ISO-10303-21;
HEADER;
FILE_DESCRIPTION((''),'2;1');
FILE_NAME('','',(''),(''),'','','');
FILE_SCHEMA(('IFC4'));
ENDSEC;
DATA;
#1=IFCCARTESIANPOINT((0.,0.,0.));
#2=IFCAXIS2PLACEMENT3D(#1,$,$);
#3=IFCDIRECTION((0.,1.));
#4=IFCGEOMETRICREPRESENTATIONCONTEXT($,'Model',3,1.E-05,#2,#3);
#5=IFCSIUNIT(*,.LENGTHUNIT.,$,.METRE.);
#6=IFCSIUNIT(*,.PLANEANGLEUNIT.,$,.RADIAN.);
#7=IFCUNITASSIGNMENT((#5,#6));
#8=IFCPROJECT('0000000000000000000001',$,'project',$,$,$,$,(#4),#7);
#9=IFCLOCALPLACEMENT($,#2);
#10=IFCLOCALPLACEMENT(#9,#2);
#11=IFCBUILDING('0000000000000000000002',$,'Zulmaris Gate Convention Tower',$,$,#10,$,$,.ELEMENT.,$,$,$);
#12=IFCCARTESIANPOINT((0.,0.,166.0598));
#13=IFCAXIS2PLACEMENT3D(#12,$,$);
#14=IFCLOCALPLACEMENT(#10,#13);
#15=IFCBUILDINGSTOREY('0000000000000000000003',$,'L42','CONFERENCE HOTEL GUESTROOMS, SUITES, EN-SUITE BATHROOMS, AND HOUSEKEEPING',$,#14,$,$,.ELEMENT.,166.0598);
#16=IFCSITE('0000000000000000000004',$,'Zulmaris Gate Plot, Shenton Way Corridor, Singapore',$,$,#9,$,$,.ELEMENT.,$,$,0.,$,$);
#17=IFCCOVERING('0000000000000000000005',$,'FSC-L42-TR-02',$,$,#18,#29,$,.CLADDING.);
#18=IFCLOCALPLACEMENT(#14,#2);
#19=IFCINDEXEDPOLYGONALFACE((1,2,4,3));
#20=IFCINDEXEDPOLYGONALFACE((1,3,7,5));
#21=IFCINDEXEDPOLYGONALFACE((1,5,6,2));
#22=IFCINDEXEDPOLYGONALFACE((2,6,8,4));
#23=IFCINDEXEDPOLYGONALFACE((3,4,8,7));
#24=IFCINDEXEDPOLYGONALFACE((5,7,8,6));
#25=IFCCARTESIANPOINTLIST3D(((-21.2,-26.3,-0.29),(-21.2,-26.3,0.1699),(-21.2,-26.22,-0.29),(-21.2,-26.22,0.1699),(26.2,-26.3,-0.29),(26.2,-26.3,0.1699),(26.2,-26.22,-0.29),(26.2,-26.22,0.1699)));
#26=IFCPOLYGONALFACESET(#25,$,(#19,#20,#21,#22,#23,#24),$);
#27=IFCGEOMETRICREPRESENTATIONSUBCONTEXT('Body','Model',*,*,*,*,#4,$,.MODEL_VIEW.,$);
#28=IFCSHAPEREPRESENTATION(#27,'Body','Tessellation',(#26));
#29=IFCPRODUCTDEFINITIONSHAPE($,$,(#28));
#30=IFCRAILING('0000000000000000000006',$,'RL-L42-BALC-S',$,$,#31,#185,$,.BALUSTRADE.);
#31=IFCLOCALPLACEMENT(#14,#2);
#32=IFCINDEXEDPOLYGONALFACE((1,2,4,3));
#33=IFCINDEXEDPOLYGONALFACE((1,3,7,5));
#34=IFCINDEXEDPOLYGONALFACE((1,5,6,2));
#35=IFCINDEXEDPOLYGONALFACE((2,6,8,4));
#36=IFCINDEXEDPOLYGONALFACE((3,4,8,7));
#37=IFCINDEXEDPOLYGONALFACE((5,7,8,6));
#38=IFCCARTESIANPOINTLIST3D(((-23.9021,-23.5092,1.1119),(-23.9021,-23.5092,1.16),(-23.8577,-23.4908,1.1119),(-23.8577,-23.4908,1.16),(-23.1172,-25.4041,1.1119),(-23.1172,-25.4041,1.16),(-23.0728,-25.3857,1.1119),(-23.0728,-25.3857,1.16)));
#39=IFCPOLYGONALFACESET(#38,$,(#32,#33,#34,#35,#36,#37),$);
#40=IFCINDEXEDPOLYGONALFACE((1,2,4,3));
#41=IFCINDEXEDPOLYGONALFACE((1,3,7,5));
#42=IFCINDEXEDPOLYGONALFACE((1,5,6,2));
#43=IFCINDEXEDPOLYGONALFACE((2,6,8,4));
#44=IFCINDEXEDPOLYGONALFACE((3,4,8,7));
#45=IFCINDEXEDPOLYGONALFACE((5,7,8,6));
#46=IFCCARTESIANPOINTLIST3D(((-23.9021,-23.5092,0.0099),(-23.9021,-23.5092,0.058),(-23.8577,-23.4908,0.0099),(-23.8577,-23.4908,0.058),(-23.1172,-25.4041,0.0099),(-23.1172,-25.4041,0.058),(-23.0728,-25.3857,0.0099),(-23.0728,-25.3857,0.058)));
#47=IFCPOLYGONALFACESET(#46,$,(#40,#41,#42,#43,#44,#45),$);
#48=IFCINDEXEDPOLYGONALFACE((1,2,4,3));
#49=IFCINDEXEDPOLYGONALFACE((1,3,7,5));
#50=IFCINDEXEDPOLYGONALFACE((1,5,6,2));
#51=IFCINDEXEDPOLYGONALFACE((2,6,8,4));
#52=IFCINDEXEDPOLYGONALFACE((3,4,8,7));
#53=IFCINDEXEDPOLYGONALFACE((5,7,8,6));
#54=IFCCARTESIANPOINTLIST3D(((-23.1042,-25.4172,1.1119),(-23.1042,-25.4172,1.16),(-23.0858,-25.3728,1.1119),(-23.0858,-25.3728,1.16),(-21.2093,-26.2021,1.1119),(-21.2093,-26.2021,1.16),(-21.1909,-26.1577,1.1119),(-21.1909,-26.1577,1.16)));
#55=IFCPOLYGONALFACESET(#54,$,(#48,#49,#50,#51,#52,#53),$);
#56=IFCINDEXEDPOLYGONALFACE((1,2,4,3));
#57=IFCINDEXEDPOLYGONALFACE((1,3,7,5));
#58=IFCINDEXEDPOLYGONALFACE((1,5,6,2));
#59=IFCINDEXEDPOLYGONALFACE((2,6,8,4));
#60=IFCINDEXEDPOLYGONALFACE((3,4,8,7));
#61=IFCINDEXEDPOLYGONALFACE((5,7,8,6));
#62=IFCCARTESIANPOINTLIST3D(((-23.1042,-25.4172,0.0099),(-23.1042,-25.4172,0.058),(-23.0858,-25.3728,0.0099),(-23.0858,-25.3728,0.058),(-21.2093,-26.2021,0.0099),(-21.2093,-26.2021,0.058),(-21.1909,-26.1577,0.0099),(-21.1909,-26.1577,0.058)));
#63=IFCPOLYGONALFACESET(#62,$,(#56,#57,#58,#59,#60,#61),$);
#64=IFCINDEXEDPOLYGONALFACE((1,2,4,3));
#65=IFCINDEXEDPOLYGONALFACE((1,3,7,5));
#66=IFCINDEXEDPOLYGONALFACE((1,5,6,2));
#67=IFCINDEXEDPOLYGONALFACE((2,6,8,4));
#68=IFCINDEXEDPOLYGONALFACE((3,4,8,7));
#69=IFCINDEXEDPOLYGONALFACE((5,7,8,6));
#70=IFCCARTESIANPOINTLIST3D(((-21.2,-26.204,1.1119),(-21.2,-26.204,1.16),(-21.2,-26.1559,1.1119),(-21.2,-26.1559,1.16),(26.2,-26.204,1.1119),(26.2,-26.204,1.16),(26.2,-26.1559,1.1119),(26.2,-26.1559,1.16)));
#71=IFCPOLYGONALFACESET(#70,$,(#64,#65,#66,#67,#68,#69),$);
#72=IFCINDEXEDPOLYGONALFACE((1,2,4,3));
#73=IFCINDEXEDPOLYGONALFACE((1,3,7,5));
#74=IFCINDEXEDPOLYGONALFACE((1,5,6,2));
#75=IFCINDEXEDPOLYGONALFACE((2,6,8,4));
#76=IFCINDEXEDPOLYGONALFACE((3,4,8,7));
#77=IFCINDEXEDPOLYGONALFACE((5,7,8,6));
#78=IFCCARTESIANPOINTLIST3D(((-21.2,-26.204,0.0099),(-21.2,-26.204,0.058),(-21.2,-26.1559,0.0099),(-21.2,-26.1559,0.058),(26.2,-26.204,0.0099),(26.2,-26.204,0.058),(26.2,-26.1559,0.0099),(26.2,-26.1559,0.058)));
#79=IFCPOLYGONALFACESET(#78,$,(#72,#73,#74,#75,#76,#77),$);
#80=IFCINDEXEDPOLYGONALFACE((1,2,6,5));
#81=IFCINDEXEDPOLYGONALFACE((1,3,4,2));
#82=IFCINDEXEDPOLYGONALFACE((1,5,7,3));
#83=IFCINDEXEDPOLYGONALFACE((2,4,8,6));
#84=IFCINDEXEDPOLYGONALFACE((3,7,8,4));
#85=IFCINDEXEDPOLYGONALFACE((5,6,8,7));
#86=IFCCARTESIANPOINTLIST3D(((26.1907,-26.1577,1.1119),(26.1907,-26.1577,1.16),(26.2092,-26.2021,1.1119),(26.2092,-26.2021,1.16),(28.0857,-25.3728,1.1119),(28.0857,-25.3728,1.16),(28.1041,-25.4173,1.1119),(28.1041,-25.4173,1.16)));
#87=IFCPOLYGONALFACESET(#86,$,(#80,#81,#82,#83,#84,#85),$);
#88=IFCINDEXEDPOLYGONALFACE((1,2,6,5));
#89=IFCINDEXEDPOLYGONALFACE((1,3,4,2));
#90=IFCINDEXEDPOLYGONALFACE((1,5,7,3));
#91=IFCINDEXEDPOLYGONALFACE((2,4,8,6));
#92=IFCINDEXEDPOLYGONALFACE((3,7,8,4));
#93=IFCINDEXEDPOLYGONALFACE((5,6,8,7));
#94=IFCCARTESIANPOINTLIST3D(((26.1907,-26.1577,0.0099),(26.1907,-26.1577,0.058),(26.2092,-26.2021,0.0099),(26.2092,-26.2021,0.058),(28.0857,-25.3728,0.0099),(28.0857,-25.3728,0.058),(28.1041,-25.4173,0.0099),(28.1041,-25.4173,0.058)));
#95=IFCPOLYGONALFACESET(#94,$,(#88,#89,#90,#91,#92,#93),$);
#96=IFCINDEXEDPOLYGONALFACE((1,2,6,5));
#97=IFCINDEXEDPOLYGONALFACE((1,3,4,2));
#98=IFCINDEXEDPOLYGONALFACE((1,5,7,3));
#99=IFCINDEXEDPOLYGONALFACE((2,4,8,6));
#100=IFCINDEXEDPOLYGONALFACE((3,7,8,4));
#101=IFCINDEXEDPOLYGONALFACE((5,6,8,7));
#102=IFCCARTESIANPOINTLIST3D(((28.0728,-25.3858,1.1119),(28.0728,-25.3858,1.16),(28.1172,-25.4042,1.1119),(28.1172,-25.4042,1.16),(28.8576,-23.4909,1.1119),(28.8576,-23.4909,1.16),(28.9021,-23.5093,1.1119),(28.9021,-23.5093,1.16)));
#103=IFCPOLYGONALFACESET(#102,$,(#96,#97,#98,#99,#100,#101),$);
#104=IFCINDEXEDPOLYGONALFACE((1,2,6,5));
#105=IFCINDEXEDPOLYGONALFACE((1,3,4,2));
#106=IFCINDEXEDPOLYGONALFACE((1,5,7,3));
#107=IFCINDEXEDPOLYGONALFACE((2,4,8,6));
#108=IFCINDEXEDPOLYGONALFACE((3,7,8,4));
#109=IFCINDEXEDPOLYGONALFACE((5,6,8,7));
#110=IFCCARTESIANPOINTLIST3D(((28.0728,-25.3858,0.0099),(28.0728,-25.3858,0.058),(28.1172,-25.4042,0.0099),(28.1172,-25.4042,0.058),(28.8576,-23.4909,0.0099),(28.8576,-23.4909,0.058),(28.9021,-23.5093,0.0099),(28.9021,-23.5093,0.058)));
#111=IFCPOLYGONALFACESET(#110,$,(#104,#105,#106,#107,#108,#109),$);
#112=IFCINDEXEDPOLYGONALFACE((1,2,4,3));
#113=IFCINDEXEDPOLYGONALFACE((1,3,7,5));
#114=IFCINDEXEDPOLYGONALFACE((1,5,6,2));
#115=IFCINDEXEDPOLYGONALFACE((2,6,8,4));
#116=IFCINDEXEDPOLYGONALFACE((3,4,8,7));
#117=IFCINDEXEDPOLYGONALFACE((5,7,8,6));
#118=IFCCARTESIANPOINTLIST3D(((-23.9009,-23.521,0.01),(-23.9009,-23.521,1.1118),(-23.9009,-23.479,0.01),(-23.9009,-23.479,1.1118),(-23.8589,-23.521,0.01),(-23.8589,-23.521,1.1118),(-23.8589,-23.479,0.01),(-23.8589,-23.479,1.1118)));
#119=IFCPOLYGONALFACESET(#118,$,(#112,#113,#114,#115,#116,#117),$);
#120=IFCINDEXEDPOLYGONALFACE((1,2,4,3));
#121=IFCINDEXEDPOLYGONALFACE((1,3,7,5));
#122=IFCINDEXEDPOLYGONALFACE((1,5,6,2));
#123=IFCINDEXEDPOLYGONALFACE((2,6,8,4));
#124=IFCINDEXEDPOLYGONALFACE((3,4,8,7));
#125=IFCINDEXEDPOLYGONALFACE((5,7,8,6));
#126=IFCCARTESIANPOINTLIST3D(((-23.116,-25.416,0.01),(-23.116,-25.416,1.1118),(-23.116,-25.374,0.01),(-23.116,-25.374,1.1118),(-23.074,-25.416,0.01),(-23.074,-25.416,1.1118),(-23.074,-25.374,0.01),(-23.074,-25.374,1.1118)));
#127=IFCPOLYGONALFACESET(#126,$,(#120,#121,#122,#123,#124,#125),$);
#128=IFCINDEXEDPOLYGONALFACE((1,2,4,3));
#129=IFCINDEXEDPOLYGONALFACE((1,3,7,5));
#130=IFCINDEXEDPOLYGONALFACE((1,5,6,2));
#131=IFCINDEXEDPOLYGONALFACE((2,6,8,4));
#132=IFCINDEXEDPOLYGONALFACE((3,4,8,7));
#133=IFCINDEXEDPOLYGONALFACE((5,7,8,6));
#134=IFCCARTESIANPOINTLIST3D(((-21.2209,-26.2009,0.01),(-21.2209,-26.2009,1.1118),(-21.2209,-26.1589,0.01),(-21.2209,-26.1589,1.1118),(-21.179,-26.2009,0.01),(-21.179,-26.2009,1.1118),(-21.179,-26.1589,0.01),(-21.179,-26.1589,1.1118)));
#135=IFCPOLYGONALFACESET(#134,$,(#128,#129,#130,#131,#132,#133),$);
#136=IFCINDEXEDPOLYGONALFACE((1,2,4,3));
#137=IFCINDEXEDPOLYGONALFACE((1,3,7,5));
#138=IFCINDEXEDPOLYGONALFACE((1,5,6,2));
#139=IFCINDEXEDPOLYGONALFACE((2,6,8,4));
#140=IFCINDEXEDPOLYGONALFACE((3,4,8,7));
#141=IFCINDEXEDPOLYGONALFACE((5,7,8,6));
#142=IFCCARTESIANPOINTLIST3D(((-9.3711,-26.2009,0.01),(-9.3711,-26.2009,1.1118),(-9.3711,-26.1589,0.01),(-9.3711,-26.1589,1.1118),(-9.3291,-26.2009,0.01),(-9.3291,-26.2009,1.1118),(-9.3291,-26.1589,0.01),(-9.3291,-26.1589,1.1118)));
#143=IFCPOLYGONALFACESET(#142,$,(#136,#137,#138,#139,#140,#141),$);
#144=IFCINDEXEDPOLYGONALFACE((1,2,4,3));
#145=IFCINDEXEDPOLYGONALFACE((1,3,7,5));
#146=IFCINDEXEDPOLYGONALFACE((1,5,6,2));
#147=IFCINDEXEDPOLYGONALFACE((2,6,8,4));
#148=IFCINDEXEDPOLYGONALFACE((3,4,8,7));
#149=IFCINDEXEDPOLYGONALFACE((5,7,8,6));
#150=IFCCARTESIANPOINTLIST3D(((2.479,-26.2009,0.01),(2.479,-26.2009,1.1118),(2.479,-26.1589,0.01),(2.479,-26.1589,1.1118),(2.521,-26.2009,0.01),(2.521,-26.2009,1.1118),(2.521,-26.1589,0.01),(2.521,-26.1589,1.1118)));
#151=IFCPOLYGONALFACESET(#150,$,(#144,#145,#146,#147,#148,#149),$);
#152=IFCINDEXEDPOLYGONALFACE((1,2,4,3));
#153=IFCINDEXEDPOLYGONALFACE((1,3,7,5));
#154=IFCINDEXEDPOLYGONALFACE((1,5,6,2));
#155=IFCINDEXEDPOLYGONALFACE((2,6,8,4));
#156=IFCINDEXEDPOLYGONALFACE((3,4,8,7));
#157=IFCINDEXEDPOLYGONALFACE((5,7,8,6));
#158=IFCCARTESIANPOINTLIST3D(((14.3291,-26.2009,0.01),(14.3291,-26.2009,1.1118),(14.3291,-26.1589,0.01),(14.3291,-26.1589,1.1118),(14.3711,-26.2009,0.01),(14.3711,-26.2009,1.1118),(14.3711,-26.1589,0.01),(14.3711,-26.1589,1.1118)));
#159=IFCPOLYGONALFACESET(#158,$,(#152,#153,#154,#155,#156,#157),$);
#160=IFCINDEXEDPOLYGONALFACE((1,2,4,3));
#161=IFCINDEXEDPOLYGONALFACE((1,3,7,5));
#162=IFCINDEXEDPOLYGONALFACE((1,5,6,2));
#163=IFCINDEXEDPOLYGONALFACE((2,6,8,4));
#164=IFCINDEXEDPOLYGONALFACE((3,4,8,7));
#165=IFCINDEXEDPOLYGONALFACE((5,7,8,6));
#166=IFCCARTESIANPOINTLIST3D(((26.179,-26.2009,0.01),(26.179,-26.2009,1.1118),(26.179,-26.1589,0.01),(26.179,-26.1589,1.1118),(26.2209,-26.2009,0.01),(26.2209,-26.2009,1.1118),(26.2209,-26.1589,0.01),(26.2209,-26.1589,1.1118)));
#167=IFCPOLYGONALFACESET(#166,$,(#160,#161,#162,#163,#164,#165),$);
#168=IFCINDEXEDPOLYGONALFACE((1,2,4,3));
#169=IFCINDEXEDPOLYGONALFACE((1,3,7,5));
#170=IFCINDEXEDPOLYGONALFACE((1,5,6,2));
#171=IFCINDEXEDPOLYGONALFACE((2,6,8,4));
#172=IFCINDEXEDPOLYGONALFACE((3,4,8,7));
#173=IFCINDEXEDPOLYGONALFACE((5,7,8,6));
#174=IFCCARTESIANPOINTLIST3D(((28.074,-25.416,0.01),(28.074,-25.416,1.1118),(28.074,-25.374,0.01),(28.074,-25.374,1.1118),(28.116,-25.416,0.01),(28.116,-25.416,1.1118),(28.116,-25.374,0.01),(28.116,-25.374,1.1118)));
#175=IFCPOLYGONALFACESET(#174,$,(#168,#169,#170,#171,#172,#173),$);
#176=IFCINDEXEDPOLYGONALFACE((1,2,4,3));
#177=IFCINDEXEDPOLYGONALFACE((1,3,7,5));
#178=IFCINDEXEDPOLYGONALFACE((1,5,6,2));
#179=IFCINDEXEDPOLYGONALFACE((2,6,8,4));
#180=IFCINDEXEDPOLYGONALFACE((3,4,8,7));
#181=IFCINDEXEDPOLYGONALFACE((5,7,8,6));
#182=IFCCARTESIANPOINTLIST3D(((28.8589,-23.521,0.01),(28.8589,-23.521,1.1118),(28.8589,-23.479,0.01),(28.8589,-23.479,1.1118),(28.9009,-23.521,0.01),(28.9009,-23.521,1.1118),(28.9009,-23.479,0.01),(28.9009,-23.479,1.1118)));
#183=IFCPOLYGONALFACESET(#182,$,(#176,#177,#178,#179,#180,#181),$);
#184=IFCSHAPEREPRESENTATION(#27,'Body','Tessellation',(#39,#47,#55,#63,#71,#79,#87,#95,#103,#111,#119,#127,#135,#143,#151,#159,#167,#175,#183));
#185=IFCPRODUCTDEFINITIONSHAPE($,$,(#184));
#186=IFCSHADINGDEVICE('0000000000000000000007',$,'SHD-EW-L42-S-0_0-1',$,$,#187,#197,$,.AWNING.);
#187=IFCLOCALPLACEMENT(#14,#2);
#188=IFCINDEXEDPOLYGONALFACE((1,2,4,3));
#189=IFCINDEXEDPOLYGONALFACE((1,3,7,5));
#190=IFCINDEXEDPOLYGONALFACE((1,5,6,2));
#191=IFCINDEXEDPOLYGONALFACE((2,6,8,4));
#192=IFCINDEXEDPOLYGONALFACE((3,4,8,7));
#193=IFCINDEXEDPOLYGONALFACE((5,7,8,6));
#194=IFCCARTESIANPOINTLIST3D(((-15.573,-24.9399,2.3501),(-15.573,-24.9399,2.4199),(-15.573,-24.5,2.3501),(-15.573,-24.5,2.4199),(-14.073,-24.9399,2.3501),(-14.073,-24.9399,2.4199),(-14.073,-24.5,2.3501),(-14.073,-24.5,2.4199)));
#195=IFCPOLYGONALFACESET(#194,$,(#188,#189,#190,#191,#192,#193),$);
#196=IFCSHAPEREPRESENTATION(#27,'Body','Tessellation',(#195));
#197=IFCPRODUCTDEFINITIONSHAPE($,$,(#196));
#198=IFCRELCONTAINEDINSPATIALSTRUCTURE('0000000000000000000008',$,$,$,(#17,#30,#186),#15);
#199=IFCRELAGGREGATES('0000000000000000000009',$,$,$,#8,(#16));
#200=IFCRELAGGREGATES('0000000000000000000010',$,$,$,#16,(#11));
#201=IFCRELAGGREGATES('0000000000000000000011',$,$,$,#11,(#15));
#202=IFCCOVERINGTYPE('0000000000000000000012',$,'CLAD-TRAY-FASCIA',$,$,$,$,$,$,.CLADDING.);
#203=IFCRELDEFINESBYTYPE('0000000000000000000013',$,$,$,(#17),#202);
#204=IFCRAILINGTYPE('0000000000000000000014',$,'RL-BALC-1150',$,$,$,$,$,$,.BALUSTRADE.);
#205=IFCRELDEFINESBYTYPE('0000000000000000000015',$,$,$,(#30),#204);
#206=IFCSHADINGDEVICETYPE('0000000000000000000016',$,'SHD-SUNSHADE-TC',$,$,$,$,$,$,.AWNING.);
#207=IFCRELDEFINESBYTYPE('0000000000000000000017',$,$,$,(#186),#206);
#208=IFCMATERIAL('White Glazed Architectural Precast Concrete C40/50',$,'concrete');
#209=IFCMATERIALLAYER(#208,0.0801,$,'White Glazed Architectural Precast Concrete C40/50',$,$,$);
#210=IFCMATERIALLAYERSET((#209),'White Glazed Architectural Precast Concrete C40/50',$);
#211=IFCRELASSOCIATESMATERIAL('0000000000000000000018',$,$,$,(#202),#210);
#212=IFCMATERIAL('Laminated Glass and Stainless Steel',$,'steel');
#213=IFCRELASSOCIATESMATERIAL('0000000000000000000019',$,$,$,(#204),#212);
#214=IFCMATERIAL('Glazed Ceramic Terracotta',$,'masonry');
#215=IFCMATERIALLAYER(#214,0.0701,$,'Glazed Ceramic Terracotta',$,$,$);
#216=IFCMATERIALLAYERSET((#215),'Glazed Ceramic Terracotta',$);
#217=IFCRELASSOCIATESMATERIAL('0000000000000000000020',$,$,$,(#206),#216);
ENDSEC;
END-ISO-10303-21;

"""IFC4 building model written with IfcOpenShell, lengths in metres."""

from ifc_helpers import new_model, si_unit, direction, frame, frame_2d, origin, origin_2d, place, context, subcontext, project, spatial, rectangle, extrude, material, layer, layer_set, type_object, element, save


model = new_model("IFC4")

# Units and contexts
model_context = context("Model", 3, precision=1e-05, world=origin(), true_north=direction((0.0, 1.0)))
body_context = subcontext(model_context, "Body", "Model", "MODEL_VIEW")
ifc_project = project(units=[si_unit("LENGTHUNIT", "METRE"), si_unit("PLANEANGLEUNIT", "RADIAN")], contexts=[model_context])

# Site, building, storey
site_placement = place(None, origin())
site = spatial("IfcSite", under=ifc_project, at=site_placement, Name="Zulmaris Gate Plot, Shenton Way Corridor, Singapore", CompositionType="ELEMENT", RefElevation=0.0)
building_placement = place(site_placement, origin())
building = spatial("IfcBuilding", under=site, at=building_placement, Name="Zulmaris Gate Convention Tower", CompositionType="ELEMENT")
storey_placement = place(building_placement, frame((0.0, 0.0, 166.0598)))
storey = spatial("IfcBuildingStorey", under=building, at=storey_placement, Name="L42", Description="CONFERENCE HOTEL GUESTROOMS, SUITES, EN-SUITE BATHROOMS, AND HOUSEKEEPING", CompositionType="ELEMENT", Elevation=166.0598)

# Covering
ifc_material_1 = material(Name="White Glazed Architectural Precast Concrete C40/50", Category="concrete")
ifc_layer_1 = layer(ifc_material_1, 0.0801, Name="White Glazed Architectural Precast Concrete C40/50")
ifc_layer_set_1 = layer_set([ifc_layer_1], Name="White Glazed Architectural Precast Concrete C40/50")
covering_type_1 = type_object("IfcCoveringType", Name="CLAD-TRAY-FASCIA", PredefinedType="CLADDING", material=ifc_layer_set_1)
covering_1_placement = place(storey_placement, frame((-21.2, -26.26, -0.29), z_axis=(0.0, 0.0, 1.0), x_axis=(1.0, 0.0, 0.0)))
element("IfcCovering", 1, at=covering_1_placement, inside=storey, type_object=covering_type_1, Name="FSC-L42-TR-02", PredefinedType="CLADDING", context=body_context, shape_type="SweptSolid", body=[
    extrude(rectangle(XDim=47.3999, YDim=0.0801, at=frame_2d((23.7, 0.0))), origin(), (0.0, 0.0, 1.0), 0.46),
])

# Railing
ifc_material_2 = material(Name="Laminated Glass and Stainless Steel", Category="steel")
railing_type = type_object("IfcRailingType", Name="RL-BALC-1150", PredefinedType="BALUSTRADE", material=ifc_material_2)
railing_placement = place(storey_placement, frame((-23.8799, -23.5, 0.01)))
element("IfcRailing", 2, at=railing_placement, inside=storey, type_object=railing_type, Name="RL-L42-BALC-S", PredefinedType="BALUSTRADE", context=body_context, shape_type="SweptSolid", body=[
    extrude(rectangle(XDim=0.0481, YDim=0.0481, at=origin_2d()), frame((0.0, 0.0, 1.126), z_axis=(0.382671, -0.923885, 0.0), x_axis=(0.923885, 0.382671, 0.0)), (0.0, 0.0, 1.0), 2.051),
    extrude(rectangle(XDim=0.0481, YDim=0.0481, at=origin_2d()), frame((0.0, 0.0, 0.0239), z_axis=(0.382671, -0.923885, 0.0), x_axis=(0.923885, 0.382671, 0.0)), (0.0, 0.0, 1.0), 2.051),
    extrude(rectangle(XDim=0.0481, YDim=0.0481, at=origin_2d()), frame((0.7849, -1.895, 1.126), z_axis=(0.923885, -0.382671, 0.0), x_axis=(0.382671, 0.923885, 0.0)), (0.0, 0.0, 1.0), 2.051),
    extrude(rectangle(XDim=0.0481, YDim=0.0481, at=origin_2d()), frame((0.7849, -1.895, 0.0239), z_axis=(0.923885, -0.382671, 0.0), x_axis=(0.382671, 0.923885, 0.0)), (0.0, 0.0, 1.0), 2.051),
    extrude(rectangle(XDim=0.0481, YDim=0.0481, at=origin_2d()), frame((2.6799, -2.6799, 1.126), z_axis=(1.0, 0.0, 0.0), x_axis=(0.0, 1.0, 0.0)), (0.0, 0.0, 1.0), 47.3999),
    extrude(rectangle(XDim=0.0481, YDim=0.0481, at=origin_2d()), frame((2.6799, -2.6799, 0.0239), z_axis=(1.0, 0.0, 0.0), x_axis=(0.0, 1.0, 0.0)), (0.0, 0.0, 1.0), 47.3999),
    extrude(rectangle(XDim=0.0481, YDim=0.0481, at=origin_2d()), frame((50.0798, -2.6799, 1.126), z_axis=(0.923885, 0.382671, 0.0), x_axis=(-0.382671, 0.923885, 0.0)), (0.0, 0.0, 1.0), 2.051),
    extrude(rectangle(XDim=0.0481, YDim=0.0481, at=origin_2d()), frame((50.0798, -2.6799, 0.0239), z_axis=(0.923885, 0.382671, 0.0), x_axis=(-0.382671, 0.923885, 0.0)), (0.0, 0.0, 1.0), 2.051),
    extrude(rectangle(XDim=0.0481, YDim=0.0481, at=origin_2d()), frame((51.9749, -1.895, 1.126), z_axis=(0.382671, 0.923885, 0.0), x_axis=(-0.923885, 0.382671, 0.0)), (0.0, 0.0, 1.0), 2.051),
    extrude(rectangle(XDim=0.0481, YDim=0.0481, at=origin_2d()), frame((51.9749, -1.895, 0.0239), z_axis=(0.382671, 0.923885, 0.0), x_axis=(-0.923885, 0.382671, 0.0)), (0.0, 0.0, 1.0), 2.051),
    extrude(rectangle(XDim=0.042, YDim=0.042, at=origin_2d()), origin(), (0.0, 0.0, 1.0), 1.1018),
    extrude(rectangle(XDim=0.042, YDim=0.042, at=origin_2d()), frame((0.7849, -1.895, 0.0)), (0.0, 0.0, 1.0), 1.1018),
    extrude(rectangle(XDim=0.042, YDim=0.042, at=origin_2d()), frame((2.6799, -2.6799, 0.0)), (0.0, 0.0, 1.0), 1.1018),
    extrude(rectangle(XDim=0.042, YDim=0.042, at=origin_2d()), frame((14.5298, -2.6799, 0.0)), (0.0, 0.0, 1.0), 1.1018),
    extrude(rectangle(XDim=0.042, YDim=0.042, at=origin_2d()), frame((26.3799, -2.6799, 0.0)), (0.0, 0.0, 1.0), 1.1018),
    extrude(rectangle(XDim=0.042, YDim=0.042, at=origin_2d()), frame((38.23, -2.6799, 0.0)), (0.0, 0.0, 1.0), 1.1018),
    extrude(rectangle(XDim=0.042, YDim=0.042, at=origin_2d()), frame((50.0798, -2.6799, 0.0)), (0.0, 0.0, 1.0), 1.1018),
    extrude(rectangle(XDim=0.042, YDim=0.042, at=origin_2d()), frame((51.9749, -1.895, 0.0)), (0.0, 0.0, 1.0), 1.1018),
    extrude(rectangle(XDim=0.042, YDim=0.042, at=origin_2d()), frame((52.7598, 0.0, 0.0)), (0.0, 0.0, 1.0), 1.1018),
])

# Shading device
ifc_material_3 = material(Name="Glazed Ceramic Terracotta", Category="masonry")
ifc_layer_2 = layer(ifc_material_3, 0.0701, Name="Glazed Ceramic Terracotta")
ifc_layer_set_2 = layer_set([ifc_layer_2], Name="Glazed Ceramic Terracotta")
shading_device_type = type_object("IfcShadingDeviceType", Name="SHD-SUNSHADE-TC", PredefinedType="AWNING", material=ifc_layer_set_2)
shading_device_placement = place(storey_placement, frame((-15.573, -24.72, 2.3501), z_axis=(0.0, 0.0, 1.0), x_axis=(1.0, 0.0, 0.0)))
element("IfcShadingDevice", 3, at=shading_device_placement, inside=storey, type_object=shading_device_type, Name="SHD-EW-L42-S-0_0-1", PredefinedType="AWNING", context=body_context, shape_type="SweptSolid", body=[
    extrude(rectangle(XDim=1.5, YDim=0.4399, at=frame_2d((0.75, 0.0))), origin(), (0.0, 0.0, 1.0), 0.0698),
])

save(model, "model.ifc")
